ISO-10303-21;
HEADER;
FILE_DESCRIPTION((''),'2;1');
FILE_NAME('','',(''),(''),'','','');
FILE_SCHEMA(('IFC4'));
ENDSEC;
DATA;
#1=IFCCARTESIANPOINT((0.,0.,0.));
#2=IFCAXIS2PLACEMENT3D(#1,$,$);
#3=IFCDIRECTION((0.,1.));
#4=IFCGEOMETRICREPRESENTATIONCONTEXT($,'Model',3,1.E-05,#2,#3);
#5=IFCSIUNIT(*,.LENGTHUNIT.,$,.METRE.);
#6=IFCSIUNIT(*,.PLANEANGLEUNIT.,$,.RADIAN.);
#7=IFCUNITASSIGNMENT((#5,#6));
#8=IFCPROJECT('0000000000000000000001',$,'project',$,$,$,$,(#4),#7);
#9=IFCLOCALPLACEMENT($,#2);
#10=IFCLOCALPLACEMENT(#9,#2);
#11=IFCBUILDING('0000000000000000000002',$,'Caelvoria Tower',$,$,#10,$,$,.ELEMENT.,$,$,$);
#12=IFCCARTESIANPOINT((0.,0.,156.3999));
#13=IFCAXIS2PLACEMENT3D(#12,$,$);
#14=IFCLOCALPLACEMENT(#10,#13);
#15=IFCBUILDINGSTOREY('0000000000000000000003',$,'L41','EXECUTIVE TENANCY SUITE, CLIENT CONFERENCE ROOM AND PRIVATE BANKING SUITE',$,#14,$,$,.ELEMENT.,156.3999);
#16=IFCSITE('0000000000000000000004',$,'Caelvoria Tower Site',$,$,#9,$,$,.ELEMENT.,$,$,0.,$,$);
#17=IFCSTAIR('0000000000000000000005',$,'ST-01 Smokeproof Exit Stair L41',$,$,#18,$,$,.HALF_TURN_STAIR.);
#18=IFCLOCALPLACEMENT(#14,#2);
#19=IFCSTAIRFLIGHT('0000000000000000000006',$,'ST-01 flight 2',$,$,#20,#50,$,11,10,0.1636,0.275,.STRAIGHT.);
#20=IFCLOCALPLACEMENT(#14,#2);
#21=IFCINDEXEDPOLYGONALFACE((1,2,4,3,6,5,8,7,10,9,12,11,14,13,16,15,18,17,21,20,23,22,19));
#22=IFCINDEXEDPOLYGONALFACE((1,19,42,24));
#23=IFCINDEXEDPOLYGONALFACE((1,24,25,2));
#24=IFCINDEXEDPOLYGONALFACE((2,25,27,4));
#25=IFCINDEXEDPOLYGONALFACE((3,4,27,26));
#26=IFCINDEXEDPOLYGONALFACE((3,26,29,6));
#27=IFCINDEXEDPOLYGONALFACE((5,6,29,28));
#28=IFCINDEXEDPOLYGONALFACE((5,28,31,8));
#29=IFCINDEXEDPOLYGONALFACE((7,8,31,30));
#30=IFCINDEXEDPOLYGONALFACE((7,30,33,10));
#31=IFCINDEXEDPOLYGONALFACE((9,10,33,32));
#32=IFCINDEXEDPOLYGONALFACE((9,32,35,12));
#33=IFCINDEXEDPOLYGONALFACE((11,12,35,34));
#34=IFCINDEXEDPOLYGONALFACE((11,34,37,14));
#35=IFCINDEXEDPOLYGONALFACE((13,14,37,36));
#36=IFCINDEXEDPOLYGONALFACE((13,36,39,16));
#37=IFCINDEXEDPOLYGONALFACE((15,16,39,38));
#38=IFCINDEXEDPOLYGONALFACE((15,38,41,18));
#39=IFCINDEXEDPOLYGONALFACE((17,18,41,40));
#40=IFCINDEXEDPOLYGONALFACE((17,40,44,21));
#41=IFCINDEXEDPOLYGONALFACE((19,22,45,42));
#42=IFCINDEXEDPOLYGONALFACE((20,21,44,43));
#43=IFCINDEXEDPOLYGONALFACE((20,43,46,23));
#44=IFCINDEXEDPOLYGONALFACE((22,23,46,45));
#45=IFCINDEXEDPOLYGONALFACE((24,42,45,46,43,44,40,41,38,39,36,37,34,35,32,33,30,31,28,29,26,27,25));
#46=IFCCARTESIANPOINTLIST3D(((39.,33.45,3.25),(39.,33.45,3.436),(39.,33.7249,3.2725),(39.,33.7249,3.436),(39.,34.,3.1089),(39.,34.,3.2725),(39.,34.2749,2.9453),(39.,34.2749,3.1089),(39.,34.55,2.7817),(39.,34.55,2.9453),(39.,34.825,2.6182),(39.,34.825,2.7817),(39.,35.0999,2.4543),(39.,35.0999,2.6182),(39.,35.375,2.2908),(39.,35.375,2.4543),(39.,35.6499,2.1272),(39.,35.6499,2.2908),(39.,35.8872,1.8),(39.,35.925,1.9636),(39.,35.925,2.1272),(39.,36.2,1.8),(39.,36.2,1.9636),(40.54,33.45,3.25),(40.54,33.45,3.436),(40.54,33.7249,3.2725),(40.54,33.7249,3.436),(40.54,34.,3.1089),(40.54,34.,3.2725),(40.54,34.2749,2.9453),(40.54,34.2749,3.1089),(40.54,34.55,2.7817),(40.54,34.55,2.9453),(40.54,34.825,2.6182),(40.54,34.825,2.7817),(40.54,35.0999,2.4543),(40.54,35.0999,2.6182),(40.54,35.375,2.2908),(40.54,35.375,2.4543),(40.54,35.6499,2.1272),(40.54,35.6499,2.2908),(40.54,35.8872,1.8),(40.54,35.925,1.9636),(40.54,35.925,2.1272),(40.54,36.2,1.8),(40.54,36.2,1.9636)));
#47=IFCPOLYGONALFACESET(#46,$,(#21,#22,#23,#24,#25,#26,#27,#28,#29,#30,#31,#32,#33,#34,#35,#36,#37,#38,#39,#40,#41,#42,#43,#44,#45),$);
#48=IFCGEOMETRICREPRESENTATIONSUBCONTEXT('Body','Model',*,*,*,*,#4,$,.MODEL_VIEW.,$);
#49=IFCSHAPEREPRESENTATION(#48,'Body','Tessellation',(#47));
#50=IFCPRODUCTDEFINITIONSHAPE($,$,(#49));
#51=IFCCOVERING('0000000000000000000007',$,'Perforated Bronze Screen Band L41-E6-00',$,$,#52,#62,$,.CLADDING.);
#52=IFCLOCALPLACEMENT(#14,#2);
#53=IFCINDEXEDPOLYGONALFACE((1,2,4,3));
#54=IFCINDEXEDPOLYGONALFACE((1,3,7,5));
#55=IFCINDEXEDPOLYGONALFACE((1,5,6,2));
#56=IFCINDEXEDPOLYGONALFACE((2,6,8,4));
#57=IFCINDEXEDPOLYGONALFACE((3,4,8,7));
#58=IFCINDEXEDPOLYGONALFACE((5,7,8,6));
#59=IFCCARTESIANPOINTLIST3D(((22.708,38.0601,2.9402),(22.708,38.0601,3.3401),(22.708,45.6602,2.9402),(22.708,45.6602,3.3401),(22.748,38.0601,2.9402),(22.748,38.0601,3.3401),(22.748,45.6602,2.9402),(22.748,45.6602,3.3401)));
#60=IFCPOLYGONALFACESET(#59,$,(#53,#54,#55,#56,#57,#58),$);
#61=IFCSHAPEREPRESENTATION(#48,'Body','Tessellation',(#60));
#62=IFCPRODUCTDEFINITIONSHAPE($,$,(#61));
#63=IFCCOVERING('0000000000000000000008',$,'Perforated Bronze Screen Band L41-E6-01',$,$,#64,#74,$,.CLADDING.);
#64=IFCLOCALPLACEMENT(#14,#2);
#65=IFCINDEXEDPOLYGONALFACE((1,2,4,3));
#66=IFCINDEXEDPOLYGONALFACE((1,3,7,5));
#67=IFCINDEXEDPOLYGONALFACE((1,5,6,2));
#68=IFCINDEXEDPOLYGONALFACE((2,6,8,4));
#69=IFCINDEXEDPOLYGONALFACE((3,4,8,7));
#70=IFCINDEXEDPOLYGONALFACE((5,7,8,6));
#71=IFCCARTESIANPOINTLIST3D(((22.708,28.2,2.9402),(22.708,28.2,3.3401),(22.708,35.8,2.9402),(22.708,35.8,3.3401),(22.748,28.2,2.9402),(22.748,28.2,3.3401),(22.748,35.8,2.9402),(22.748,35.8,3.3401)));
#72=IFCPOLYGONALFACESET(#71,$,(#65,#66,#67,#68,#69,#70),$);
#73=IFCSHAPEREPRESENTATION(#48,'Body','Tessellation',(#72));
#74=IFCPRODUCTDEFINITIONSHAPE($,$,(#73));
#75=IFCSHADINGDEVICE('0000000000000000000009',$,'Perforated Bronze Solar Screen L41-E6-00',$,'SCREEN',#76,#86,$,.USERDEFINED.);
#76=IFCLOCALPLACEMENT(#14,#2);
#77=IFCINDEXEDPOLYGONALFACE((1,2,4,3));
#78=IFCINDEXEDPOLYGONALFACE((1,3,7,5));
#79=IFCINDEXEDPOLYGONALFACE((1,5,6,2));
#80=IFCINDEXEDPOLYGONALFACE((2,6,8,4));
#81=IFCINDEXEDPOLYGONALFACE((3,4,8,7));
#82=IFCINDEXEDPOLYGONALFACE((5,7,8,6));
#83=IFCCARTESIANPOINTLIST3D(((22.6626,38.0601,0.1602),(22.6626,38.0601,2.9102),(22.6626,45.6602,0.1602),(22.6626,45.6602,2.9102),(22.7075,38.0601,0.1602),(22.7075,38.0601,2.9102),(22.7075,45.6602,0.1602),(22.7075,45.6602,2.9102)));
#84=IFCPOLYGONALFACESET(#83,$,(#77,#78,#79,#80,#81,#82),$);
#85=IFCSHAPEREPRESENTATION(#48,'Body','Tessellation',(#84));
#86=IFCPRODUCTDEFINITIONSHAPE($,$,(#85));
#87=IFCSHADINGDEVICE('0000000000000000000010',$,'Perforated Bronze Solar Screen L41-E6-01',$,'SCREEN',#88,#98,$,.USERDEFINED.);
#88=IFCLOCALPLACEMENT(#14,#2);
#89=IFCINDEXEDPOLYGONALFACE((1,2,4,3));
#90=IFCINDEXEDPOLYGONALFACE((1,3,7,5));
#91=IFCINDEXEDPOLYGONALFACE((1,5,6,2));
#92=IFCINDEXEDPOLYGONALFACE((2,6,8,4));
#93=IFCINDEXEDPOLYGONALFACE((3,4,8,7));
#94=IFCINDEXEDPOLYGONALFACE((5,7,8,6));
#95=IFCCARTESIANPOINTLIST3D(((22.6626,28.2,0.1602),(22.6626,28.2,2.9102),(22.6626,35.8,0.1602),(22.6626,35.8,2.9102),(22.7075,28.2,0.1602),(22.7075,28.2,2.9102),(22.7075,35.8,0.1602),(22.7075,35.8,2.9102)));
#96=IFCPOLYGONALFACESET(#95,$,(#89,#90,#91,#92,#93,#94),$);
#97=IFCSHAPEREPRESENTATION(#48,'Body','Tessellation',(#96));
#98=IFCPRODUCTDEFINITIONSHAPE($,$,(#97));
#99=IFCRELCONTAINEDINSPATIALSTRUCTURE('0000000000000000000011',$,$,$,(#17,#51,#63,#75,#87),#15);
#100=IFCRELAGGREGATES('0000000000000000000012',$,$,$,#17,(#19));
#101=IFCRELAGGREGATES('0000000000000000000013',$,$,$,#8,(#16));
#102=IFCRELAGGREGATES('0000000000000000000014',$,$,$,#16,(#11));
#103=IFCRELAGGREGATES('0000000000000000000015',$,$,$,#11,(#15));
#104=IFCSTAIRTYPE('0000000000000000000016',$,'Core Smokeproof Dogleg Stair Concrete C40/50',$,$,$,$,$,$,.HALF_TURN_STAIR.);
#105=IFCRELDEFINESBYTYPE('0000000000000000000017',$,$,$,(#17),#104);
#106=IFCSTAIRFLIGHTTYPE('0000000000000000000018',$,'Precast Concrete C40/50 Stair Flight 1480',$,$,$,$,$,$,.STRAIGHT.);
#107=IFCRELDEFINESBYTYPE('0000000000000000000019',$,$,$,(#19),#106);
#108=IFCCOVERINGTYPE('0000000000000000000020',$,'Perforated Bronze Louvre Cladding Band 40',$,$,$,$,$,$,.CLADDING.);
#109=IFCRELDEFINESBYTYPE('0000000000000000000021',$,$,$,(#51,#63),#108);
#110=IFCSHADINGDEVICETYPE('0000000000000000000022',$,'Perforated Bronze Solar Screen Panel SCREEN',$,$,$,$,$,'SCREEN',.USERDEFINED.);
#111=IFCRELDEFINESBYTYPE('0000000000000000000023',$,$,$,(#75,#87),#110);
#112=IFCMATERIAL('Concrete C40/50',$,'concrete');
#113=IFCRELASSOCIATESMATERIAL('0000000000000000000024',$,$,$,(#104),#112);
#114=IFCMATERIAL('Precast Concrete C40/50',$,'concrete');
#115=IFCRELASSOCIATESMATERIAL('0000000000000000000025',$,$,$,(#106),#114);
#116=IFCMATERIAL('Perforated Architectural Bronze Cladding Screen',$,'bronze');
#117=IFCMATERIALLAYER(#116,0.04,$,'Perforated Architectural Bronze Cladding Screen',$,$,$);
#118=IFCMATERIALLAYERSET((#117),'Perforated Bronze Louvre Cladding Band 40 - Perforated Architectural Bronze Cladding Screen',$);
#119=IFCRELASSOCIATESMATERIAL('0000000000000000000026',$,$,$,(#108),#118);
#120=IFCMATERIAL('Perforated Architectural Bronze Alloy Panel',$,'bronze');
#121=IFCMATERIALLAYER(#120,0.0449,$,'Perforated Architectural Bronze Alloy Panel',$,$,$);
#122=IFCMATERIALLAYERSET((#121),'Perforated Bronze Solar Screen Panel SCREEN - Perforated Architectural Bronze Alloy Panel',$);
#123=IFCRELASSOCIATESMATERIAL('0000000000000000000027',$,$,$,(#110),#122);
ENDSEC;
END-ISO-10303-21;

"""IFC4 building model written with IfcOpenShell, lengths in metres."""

from ifc_helpers import new_model, si_unit, direction, frame, origin, origin_2d, place, context, subcontext, project, spatial, polyline, rectangle, outline, extrude, material, layer, layer_set, type_object, element, aggregate, save


model = new_model("IFC4")

# Units and contexts
model_context = context("Model", 3, precision=1e-05, world=origin(), true_north=direction((0.0, 1.0)))
body_context = subcontext(model_context, "Body", "Model", "MODEL_VIEW")
ifc_project = project(units=[si_unit("LENGTHUNIT", "METRE"), si_unit("PLANEANGLEUNIT", "RADIAN")], contexts=[model_context])

# Site, building, storey
site_placement = place(None, origin())
site = spatial("IfcSite", under=ifc_project, at=site_placement, Name="Caelvoria Tower Site", CompositionType="ELEMENT", RefElevation=0.0)
building_placement = place(site_placement, origin())
building = spatial("IfcBuilding", under=site, at=building_placement, Name="Caelvoria Tower", CompositionType="ELEMENT")
storey_placement = place(building_placement, frame((0.0, 0.0, 156.3999)))
storey = spatial("IfcBuildingStorey", under=building, at=storey_placement, Name="L41", Description="EXECUTIVE TENANCY SUITE, CLIENT CONFERENCE ROOM AND PRIVATE BANKING SUITE", CompositionType="ELEMENT", Elevation=156.3999)

# Stair, stair flight
ifc_material_1 = material(Name="Concrete C40/50", Category="concrete")
stair_type = type_object("IfcStairType", Name="Core Smokeproof Dogleg Stair Concrete C40/50", PredefinedType="HALF_TURN_STAIR", material=ifc_material_1)
stair_placement = place(storey_placement, origin())
stair = element("IfcStair", 1, at=stair_placement, inside=storey, type_object=stair_type, Name="ST-01 Smokeproof Exit Stair L41", PredefinedType="HALF_TURN_STAIR")
ifc_material_2 = material(Name="Precast Concrete C40/50", Category="concrete")
stair_flight_type = type_object("IfcStairFlightType", Name="Precast Concrete C40/50 Stair Flight 1480", PredefinedType="STRAIGHT", material=ifc_material_2)
stair_flight_1_placement = place(storey_placement, frame((39.77, 36.2, 1.8), z_axis=(0.0, 0.0, 1.0), x_axis=(0.0, -1.0, 0.0)))
stair_flight_1 = element("IfcStairFlight", 2, at=stair_flight_1_placement, type_object=stair_flight_type, Name="ST-01 flight 2", NumberOfRisers=11, NumberOfTreads=10, PredefinedType="STRAIGHT", RiserHeight=0.1636, TreadLength=0.275, context=body_context, shape_type="SweptSolid", body=[
    extrude(outline(polyline([(0.0, 0.0), (0.0, 0.1636), (0.2749, 0.1636), (0.2749, 0.3271), (0.55, 0.3271), (0.55, 0.4907), (0.825, 0.4907), (0.825, 0.6543), (1.1001, 0.6543), (1.1001, 0.8181), (1.375, 0.8181), (1.375, 0.9817), (1.6499, 0.9817), (1.6499, 1.1453), (1.925, 1.1453), (1.925, 1.3088), (2.2, 1.3088), (2.2, 1.4724), (2.4751, 1.4724), (2.4751, 1.636), (2.75, 1.636), (2.75, 1.7996), (2.75, 1.45), (0.3127, 0.0), (0.0, 0.0)])), frame((0.0, 0.77, 0.0), z_axis=(0.0, -1.0, 0.0), x_axis=(1.0, 0.0, 0.0)), (0.0, 0.0, 1.0), 1.54),
])
aggregate(stair, [stair_flight_1])

# Coverings
ifc_material_3 = material(Name="Perforated Architectural Bronze Cladding Screen", Category="bronze")
ifc_layer_1 = layer(ifc_material_3, 0.04, Name="Perforated Architectural Bronze Cladding Screen")
ifc_layer_set_1 = layer_set([ifc_layer_1], Name="Perforated Bronze Louvre Cladding Band 40 - Perforated Architectural Bronze Cladding Screen")
covering_type = type_object("IfcCoveringType", Name="Perforated Bronze Louvre Cladding Band 40", PredefinedType="CLADDING", material=ifc_layer_set_1)
for number, where, z_axis, x_axis, name in (
    (3, (22.728, 41.8601, 2.9402), (0.0, 0.0, 1.0), (0.0, -1.0, 0.0), "Perforated Bronze Screen Band L41-E6-00"),
    (4, (22.728, 32.0, 2.9402), (0.0, 0.0, 1.0), (0.0, -1.0, 0.0), "Perforated Bronze Screen Band L41-E6-01"),
):
    element("IfcCovering", number, at=place(storey_placement, frame(where, z_axis=z_axis, x_axis=x_axis)), inside=storey, type_object=covering_type, Name=name, PredefinedType="CLADDING", context=body_context, shape_type="SweptSolid", body=[
        extrude(rectangle(XDim=7.6001, YDim=0.04, at=origin_2d()), origin(), (0.0, 0.0, 1.0), 0.3999),
    ])

# Shading devices
ifc_material_4 = material(Name="Perforated Architectural Bronze Alloy Panel", Category="bronze")
ifc_layer_2 = layer(ifc_material_4, 0.0449, Name="Perforated Architectural Bronze Alloy Panel")
ifc_layer_set_2 = layer_set([ifc_layer_2], Name="Perforated Bronze Solar Screen Panel SCREEN - Perforated Architectural Bronze Alloy Panel")
shading_device_type = type_object("IfcShadingDeviceType", Name="Perforated Bronze Solar Screen Panel SCREEN", ElementType="SCREEN", PredefinedType="USERDEFINED", material=ifc_layer_set_2)
for number, where, z_axis, x_axis, name in (
    (5, (22.6851, 41.8601, 0.1602), (0.0, 0.0, 1.0), (0.0, -1.0, 0.0), "Perforated Bronze Solar Screen L41-E6-00"),
    (6, (22.6851, 32.0, 0.1602), (0.0, 0.0, 1.0), (0.0, -1.0, 0.0), "Perforated Bronze Solar Screen L41-E6-01"),
):
    element("IfcShadingDevice", number, at=place(storey_placement, frame(where, z_axis=z_axis, x_axis=x_axis)), inside=storey, type_object=shading_device_type, Name=name, ObjectType="SCREEN", PredefinedType="USERDEFINED", context=body_context, shape_type="SweptSolid", body=[
        extrude(rectangle(XDim=7.6001, YDim=0.0449, at=origin_2d()), origin(), (0.0, 0.0, 1.0), 2.75),
    ])

save(model, "model.ifc")
